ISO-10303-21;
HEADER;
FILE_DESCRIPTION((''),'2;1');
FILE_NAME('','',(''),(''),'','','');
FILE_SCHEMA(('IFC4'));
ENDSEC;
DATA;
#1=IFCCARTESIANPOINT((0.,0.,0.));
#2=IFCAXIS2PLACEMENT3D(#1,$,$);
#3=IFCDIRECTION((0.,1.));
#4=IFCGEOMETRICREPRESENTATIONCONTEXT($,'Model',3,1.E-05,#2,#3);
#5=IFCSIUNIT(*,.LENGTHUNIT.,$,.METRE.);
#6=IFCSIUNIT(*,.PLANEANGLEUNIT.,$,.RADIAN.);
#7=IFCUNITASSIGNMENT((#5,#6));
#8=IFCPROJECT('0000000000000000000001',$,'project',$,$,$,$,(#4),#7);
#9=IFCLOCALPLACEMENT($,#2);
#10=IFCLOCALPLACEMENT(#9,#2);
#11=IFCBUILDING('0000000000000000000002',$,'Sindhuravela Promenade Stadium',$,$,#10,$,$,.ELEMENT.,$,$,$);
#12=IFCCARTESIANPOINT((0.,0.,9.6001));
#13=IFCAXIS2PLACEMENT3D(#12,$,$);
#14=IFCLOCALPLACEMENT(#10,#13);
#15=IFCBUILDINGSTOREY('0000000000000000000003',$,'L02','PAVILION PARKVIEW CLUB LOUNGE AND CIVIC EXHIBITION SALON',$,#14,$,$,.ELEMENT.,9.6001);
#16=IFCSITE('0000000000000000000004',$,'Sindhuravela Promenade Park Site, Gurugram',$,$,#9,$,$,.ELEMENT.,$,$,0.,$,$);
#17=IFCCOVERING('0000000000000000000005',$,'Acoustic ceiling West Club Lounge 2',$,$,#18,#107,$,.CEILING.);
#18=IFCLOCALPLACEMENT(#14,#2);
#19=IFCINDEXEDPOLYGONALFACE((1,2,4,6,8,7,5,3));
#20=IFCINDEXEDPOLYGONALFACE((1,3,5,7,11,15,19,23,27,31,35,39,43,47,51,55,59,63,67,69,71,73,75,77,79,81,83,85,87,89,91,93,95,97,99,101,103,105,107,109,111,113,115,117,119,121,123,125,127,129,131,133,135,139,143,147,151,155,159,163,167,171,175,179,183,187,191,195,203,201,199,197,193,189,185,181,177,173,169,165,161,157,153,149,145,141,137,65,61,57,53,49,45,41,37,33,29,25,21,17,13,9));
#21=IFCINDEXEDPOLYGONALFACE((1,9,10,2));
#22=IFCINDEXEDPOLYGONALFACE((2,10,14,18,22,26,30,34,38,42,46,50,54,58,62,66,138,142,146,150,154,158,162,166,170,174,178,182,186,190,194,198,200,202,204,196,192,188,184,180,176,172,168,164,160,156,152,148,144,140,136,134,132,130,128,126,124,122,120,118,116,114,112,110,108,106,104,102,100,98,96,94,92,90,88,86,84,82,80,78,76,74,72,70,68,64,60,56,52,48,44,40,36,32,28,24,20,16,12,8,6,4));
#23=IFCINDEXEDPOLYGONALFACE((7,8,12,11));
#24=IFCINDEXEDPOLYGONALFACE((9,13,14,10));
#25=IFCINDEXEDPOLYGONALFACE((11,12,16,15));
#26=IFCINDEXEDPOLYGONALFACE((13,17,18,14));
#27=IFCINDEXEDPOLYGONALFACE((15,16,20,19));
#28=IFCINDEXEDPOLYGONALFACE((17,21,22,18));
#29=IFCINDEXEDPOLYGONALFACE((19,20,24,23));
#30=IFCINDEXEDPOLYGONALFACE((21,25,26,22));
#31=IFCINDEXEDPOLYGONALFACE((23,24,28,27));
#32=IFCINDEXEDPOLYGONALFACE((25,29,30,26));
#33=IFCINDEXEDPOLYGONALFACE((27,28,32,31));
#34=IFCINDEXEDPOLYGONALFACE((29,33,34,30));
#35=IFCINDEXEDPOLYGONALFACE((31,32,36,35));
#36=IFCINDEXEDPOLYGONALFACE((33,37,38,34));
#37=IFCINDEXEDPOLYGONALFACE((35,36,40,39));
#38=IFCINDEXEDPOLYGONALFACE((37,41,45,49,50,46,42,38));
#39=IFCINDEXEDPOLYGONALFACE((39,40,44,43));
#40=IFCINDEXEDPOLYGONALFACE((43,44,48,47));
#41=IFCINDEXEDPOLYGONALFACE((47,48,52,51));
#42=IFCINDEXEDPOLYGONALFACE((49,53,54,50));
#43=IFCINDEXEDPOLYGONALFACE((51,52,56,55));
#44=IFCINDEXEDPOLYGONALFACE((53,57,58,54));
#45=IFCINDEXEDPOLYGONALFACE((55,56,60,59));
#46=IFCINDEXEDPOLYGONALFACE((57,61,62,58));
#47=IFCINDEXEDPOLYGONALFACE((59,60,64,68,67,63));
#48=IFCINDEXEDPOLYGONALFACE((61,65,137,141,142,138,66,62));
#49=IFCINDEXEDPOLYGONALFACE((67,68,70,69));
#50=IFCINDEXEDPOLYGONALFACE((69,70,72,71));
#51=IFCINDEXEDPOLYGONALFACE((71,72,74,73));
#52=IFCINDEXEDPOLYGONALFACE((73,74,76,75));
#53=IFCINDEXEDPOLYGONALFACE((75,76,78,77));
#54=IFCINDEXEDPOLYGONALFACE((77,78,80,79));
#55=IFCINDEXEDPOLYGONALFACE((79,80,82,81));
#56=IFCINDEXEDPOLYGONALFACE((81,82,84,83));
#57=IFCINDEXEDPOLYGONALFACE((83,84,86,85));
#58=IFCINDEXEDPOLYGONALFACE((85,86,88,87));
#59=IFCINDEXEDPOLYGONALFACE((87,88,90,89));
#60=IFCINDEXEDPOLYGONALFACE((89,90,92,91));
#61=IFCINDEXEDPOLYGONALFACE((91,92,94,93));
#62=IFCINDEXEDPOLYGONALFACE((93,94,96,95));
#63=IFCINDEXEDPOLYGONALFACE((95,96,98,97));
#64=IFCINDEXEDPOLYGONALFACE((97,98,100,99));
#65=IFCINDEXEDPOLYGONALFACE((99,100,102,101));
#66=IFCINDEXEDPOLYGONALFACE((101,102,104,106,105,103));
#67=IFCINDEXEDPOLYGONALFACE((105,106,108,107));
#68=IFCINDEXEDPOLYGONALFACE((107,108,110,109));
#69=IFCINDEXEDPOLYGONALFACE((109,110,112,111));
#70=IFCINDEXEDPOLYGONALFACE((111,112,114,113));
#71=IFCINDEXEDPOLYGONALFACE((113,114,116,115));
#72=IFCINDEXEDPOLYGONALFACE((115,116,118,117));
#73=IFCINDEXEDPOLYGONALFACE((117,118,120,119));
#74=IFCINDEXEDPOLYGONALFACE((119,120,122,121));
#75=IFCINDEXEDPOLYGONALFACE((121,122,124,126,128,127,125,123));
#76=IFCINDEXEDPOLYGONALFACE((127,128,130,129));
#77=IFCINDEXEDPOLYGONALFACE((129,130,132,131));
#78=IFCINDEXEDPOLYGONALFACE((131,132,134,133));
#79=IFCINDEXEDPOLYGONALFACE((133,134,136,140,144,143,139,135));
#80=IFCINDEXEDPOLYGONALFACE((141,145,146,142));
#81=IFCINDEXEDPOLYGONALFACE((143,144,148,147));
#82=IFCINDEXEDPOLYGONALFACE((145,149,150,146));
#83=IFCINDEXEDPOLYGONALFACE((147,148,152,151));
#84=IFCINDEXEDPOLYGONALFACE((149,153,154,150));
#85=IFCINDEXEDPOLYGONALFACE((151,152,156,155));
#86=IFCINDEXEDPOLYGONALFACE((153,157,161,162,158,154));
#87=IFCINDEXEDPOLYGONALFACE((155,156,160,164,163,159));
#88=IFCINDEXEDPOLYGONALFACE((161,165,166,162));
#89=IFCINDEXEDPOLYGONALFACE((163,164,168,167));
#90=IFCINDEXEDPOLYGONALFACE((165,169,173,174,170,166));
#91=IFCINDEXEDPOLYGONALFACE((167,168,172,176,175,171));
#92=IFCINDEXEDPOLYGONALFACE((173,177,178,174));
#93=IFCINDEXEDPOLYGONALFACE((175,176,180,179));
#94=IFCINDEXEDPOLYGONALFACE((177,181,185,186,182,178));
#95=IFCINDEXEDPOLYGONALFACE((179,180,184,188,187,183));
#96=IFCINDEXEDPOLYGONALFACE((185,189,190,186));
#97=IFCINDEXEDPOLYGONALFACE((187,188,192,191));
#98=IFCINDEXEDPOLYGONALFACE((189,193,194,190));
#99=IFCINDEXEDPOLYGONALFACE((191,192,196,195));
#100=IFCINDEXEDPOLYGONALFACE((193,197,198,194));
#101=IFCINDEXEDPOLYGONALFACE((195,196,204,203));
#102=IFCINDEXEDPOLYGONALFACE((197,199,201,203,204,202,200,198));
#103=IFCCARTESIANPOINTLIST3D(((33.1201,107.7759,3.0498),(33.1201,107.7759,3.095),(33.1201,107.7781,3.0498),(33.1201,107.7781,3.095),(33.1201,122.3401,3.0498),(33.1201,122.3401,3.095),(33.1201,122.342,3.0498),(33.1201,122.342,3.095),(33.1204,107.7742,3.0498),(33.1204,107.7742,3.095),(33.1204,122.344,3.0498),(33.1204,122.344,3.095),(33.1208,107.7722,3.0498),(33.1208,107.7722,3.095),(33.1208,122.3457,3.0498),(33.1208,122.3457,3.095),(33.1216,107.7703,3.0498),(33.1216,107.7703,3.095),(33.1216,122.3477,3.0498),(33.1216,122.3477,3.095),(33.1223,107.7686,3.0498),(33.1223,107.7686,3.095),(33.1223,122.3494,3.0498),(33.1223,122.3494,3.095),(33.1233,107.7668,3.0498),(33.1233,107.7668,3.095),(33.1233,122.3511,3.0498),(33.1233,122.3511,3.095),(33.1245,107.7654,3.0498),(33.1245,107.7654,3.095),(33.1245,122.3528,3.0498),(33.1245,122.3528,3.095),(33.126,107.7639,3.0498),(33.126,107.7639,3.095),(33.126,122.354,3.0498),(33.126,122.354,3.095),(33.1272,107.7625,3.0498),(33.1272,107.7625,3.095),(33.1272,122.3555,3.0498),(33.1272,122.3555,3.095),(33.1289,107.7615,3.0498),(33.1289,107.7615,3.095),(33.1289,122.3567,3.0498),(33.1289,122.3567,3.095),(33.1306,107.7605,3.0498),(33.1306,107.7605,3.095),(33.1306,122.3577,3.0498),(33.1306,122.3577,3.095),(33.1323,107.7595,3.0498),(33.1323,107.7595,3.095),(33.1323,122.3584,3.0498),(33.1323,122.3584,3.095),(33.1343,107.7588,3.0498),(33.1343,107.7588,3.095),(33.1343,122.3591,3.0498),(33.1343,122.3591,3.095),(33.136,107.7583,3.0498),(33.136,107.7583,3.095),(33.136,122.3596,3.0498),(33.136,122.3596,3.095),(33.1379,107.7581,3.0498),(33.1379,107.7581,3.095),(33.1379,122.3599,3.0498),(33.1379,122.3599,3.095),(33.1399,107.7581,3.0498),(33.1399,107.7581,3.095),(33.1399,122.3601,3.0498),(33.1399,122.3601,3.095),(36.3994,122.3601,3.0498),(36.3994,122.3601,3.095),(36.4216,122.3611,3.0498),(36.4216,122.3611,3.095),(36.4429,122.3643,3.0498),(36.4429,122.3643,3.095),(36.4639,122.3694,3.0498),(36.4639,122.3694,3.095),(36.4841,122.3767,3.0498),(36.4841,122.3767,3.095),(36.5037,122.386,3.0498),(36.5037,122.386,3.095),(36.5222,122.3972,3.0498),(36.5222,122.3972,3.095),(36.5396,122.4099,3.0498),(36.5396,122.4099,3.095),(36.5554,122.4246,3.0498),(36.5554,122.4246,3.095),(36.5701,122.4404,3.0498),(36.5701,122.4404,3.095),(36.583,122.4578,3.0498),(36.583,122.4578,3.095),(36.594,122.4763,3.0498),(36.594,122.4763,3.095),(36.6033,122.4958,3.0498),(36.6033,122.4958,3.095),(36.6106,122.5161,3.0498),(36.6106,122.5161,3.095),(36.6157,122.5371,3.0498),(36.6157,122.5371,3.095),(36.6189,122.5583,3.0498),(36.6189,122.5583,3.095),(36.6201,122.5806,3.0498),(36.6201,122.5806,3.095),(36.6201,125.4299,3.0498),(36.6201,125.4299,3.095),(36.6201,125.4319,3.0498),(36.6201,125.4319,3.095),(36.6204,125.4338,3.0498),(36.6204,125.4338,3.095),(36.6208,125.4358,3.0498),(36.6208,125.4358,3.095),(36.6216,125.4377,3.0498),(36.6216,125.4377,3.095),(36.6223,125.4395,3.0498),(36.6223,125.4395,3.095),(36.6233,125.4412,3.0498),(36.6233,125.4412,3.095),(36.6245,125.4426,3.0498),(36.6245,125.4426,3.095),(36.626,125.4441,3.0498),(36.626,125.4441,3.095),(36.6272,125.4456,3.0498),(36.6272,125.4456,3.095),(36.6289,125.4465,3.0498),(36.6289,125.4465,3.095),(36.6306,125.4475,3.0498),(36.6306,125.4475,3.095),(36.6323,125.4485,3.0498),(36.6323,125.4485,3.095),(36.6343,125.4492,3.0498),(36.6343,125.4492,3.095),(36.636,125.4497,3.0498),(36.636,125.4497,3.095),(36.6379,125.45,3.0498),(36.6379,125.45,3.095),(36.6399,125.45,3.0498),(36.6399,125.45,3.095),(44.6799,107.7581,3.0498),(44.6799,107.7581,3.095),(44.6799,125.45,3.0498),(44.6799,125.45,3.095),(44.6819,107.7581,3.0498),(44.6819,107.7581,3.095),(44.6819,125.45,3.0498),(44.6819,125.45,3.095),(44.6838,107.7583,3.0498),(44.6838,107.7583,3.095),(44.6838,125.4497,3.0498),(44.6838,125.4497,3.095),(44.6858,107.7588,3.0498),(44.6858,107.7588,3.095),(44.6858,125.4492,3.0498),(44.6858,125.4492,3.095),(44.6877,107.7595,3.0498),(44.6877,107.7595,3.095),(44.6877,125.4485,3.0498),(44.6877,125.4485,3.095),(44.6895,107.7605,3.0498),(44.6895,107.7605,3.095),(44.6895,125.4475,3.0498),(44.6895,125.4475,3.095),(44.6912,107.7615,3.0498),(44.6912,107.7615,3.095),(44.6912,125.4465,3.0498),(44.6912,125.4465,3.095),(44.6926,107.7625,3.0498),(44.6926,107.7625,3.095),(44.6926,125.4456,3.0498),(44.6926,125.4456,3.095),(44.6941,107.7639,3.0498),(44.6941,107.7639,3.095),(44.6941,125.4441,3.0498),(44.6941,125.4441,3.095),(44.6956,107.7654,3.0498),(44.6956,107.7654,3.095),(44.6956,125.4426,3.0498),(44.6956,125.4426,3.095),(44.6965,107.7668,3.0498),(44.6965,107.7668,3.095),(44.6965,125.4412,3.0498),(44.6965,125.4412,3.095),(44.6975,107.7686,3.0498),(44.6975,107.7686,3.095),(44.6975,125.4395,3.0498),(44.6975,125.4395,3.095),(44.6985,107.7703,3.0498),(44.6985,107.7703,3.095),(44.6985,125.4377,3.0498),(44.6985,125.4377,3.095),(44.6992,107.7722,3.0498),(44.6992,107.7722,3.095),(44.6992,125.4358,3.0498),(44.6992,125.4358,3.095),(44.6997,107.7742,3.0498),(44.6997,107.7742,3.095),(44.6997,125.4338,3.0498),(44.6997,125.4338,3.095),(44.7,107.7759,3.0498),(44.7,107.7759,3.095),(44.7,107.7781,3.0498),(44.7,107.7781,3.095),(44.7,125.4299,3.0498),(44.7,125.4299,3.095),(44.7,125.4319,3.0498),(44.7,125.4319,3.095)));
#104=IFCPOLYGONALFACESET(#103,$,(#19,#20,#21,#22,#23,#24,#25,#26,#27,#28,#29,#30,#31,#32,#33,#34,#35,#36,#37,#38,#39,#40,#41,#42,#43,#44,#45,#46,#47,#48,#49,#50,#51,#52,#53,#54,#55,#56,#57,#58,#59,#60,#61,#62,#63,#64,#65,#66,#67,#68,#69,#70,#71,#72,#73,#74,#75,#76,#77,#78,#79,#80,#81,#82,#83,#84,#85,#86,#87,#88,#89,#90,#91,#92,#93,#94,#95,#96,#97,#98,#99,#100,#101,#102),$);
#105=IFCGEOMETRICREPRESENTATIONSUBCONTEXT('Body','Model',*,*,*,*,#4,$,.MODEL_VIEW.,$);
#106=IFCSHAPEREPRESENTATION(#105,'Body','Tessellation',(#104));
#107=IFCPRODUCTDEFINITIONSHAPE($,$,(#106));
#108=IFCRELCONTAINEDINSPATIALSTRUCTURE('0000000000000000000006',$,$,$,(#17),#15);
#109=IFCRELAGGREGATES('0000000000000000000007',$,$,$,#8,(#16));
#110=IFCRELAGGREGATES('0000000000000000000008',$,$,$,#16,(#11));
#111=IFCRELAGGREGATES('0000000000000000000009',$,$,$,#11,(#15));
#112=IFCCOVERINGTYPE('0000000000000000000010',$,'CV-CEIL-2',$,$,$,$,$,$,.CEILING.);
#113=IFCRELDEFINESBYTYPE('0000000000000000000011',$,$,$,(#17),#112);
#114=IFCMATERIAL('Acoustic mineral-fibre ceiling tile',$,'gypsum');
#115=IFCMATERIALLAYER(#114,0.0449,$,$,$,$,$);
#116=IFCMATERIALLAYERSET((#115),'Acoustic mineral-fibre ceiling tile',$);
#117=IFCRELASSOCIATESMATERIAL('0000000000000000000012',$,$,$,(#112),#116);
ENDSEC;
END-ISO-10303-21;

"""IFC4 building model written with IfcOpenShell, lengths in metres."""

from ifc_helpers import new_model, si_unit, direction, frame, origin, place, context, subcontext, project, spatial, polyline, outline, extrude, material, layer, layer_set, type_object, element, save


model = new_model("IFC4")

# Units and contexts
model_context = context("Model", 3, precision=1e-05, world=origin(), true_north=direction((0.0, 1.0)))
body_context = subcontext(model_context, "Body", "Model", "MODEL_VIEW")
ifc_project = project(units=[si_unit("LENGTHUNIT", "METRE"), si_unit("PLANEANGLEUNIT", "RADIAN")], contexts=[model_context])

# Site, building, storey
site_placement = place(None, origin())
site = spatial("IfcSite", under=ifc_project, at=site_placement, Name="Sindhuravela Promenade Park Site, Gurugram", CompositionType="ELEMENT", RefElevation=0.0)
building_placement = place(site_placement, origin())
building = spatial("IfcBuilding", under=site, at=building_placement, Name="Sindhuravela Promenade Stadium", CompositionType="ELEMENT")
storey_placement = place(building_placement, frame((0.0, 0.0, 9.6001)))
storey = spatial("IfcBuildingStorey", under=building, at=storey_placement, Name="L02", Description="PAVILION PARKVIEW CLUB LOUNGE AND CIVIC EXHIBITION SALON", CompositionType="ELEMENT", Elevation=9.6001)

# Covering
ifc_material_1 = material(Name="Acoustic mineral-fibre ceiling tile", Category="gypsum")
ifc_layer_1 = layer(ifc_material_1, 0.0449)
ifc_layer_set_1 = layer_set([ifc_layer_1], Name="Acoustic mineral-fibre ceiling tile")
covering_type_1 = type_object("IfcCoveringType", Name="CV-CEIL-2", PredefinedType="CEILING", material=ifc_layer_set_1)
covering_1_placement = place(storey_placement, frame((0.0, 0.0, 3.0498)))
element("IfcCovering", 1, at=covering_1_placement, inside=storey, type_object=covering_type_1, Name="Acoustic ceiling West Club Lounge 2", PredefinedType="CEILING", context=body_context, shape_type="SweptSolid", body=[
    extrude(outline(polyline([(44.7, 107.7781), (44.7, 107.7759), (44.6997, 107.7742), (44.6992, 107.7722), (44.6985, 107.7703), (44.6975, 107.7686), (44.6965, 107.7668), (44.6956, 107.7654), (44.6941, 107.7639), (44.6926, 107.7625), (44.6912, 107.7615), (44.6895, 107.7605), (44.6877, 107.7595), (44.6858, 107.7588), (44.6838, 107.7583), (44.6819, 107.7581), (44.6799, 107.7581), (33.1399, 107.7581), (33.1379, 107.7581), (33.136, 107.7583), (33.1343, 107.7588), (33.1323, 107.7595), (33.1306, 107.7605), (33.1289, 107.7615), (33.1272, 107.7625), (33.126, 107.7639), (33.1245, 107.7654), (33.1233, 107.7668), (33.1223, 107.7686), (33.1216, 107.7703), (33.1208, 107.7722), (33.1204, 107.7742), (33.1201, 107.7759), (33.1201, 107.7781), (33.1201, 122.3401), (33.1201, 122.342), (33.1204, 122.344), (33.1208, 122.3457), (33.1216, 122.3477), (33.1223, 122.3494), (33.1233, 122.3511), (33.1245, 122.3528), (33.126, 122.354), (33.1272, 122.3555), (33.1289, 122.3567), (33.1306, 122.3577), (33.1323, 122.3584), (33.1343, 122.3591), (33.136, 122.3596), (33.1379, 122.3599), (33.1399, 122.3601), (36.3994, 122.3601), (36.4216, 122.3611), (36.4429, 122.3643), (36.4639, 122.3694), (36.4841, 122.3767), (36.5037, 122.386), (36.5222, 122.3972), (36.5396, 122.4099), (36.5554, 122.4246), (36.5701, 122.4404), (36.583, 122.4578), (36.594, 122.4763), (36.6033, 122.4958), (36.6106, 122.5161), (36.6157, 122.5371), (36.6189, 122.5583), (36.6201, 122.5806), (36.6201, 125.4299), (36.6201, 125.4319), (36.6204, 125.4338), (36.6208, 125.4358), (36.6216, 125.4377), (36.6223, 125.4395), (36.6233, 125.4412), (36.6245, 125.4426), (36.626, 125.4441), (36.6272, 125.4456), (36.6289, 125.4465), (36.6306, 125.4475), (36.6323, 125.4485), (36.6343, 125.4492), (36.636, 125.4497), (36.6379, 125.45), (36.6399, 125.45), (44.6799, 125.45), (44.6819, 125.45), (44.6838, 125.4497), (44.6858, 125.4492), (44.6877, 125.4485), (44.6895, 125.4475), (44.6912, 125.4465), (44.6926, 125.4456), (44.6941, 125.4441), (44.6956, 125.4426), (44.6965, 125.4412), (44.6975, 125.4395), (44.6985, 125.4377), (44.6992, 125.4358), (44.6997, 125.4338), (44.7, 125.4319), (44.7, 125.4299), (44.7, 107.7781)])), origin(), (0.0, 0.0, 1.0), 0.0452),
])

save(model, "model.ifc")
